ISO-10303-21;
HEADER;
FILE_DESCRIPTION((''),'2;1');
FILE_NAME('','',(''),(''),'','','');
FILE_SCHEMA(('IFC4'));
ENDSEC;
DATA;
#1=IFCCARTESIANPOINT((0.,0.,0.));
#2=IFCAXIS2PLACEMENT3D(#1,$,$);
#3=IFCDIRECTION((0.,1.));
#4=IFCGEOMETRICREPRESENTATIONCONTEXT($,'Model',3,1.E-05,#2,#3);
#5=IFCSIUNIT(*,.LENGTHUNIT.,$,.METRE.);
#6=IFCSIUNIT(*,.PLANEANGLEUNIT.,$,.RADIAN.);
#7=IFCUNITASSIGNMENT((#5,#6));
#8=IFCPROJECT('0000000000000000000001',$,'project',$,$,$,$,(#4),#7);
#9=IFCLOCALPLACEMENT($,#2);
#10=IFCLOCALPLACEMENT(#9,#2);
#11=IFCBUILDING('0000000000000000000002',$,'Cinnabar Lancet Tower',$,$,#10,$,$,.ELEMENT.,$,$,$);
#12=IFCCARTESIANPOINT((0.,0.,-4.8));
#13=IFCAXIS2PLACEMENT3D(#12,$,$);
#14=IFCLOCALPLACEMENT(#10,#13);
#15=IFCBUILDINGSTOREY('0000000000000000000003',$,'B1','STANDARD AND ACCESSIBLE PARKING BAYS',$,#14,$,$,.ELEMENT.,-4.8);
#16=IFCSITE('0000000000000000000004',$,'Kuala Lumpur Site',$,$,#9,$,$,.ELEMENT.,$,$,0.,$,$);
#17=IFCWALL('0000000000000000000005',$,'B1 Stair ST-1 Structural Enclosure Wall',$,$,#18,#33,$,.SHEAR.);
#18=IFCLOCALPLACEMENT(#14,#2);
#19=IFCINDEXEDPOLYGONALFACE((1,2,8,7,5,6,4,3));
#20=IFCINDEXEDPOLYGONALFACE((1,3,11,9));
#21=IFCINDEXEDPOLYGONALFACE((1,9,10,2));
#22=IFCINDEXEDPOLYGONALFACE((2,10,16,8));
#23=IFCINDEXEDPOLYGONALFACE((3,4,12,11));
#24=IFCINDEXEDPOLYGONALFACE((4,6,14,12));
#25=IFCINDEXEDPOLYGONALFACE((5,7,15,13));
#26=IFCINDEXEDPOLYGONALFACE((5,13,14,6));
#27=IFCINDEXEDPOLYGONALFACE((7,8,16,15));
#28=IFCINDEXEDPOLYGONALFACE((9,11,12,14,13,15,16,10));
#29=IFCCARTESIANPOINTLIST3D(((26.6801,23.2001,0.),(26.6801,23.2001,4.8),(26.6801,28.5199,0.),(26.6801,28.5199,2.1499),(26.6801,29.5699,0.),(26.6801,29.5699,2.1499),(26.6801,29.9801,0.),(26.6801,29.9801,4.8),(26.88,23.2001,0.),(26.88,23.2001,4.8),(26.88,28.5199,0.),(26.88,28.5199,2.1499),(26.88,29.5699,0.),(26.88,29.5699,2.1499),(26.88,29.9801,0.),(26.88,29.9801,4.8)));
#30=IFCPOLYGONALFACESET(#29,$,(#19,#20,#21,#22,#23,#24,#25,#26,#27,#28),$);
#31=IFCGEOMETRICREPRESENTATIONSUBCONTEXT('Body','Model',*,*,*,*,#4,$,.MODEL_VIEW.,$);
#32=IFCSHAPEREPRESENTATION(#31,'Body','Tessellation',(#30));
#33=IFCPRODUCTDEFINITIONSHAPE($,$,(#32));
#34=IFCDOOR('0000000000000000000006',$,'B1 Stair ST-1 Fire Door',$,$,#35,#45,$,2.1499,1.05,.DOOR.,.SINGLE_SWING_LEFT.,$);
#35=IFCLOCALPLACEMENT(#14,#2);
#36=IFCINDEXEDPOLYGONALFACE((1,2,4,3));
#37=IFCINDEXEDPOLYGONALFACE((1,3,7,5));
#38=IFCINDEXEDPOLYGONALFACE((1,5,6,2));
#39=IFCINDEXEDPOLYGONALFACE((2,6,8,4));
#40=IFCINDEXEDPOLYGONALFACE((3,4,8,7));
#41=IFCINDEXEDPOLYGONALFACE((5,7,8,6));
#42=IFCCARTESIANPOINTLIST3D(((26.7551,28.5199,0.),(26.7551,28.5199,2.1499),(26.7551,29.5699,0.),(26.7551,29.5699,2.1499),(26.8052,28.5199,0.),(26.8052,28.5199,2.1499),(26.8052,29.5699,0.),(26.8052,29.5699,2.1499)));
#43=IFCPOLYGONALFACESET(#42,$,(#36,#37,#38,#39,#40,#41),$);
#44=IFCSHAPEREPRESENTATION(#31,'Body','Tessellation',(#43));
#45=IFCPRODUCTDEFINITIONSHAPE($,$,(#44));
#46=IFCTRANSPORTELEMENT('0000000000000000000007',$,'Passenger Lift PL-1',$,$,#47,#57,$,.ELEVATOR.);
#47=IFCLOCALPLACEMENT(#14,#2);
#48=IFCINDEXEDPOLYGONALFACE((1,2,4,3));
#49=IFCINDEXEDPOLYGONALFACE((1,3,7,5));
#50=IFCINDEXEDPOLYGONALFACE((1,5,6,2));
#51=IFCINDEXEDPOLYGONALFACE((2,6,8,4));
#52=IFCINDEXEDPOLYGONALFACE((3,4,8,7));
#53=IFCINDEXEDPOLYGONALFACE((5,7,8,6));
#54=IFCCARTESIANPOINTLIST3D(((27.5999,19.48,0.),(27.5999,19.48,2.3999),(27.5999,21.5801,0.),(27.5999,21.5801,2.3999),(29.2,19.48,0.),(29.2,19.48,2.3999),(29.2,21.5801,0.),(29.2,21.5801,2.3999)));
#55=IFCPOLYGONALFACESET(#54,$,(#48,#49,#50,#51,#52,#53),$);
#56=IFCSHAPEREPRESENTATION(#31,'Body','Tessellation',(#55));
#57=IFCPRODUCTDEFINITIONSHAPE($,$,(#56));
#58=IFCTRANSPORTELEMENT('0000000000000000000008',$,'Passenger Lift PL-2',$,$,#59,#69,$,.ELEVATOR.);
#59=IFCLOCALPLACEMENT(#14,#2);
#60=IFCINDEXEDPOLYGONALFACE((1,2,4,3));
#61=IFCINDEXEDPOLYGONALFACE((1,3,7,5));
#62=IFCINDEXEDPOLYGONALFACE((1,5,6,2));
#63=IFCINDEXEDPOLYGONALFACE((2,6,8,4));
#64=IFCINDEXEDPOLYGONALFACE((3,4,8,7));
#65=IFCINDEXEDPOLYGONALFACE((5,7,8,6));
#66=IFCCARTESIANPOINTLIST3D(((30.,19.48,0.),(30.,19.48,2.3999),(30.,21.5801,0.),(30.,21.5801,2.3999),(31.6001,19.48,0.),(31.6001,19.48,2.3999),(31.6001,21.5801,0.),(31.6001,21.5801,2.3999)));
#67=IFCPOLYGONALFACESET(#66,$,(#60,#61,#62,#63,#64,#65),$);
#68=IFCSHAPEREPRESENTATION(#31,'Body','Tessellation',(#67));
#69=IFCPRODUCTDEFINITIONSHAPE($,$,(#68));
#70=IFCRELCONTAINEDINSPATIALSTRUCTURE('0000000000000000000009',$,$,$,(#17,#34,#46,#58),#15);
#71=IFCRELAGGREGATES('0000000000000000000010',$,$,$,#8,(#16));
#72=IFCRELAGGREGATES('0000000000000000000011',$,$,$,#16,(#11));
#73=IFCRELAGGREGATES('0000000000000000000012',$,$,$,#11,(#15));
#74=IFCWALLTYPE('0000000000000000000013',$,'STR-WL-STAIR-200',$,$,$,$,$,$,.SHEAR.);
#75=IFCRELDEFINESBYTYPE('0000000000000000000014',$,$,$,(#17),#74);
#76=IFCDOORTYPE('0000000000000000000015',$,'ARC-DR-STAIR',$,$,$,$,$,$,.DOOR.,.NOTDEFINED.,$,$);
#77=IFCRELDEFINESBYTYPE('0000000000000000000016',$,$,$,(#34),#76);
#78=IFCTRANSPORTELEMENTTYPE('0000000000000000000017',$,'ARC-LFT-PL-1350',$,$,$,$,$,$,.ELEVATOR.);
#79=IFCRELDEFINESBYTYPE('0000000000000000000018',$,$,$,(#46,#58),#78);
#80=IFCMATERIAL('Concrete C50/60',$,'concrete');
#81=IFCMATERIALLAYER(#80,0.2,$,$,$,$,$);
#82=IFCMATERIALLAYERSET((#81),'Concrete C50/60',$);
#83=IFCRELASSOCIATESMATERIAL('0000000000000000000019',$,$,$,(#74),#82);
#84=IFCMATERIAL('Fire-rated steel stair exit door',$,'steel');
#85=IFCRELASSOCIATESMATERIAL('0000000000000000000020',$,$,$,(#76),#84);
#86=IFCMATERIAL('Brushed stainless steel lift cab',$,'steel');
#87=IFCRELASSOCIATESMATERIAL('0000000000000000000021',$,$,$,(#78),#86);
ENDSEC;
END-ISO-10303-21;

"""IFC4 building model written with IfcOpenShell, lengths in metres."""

from ifc_helpers import new_model, si_unit, direction, frame, frame_2d, origin, origin_2d, place, context, subcontext, project, spatial, rectangle, extrude, material, layer, layer_set, type_object, element, fill, save


model = new_model("IFC4")

# Units and contexts
model_context = context("Model", 3, precision=1e-05, world=origin(), true_north=direction((0.0, 1.0)))
body_context = subcontext(model_context, "Body", "Model", "MODEL_VIEW")
ifc_project = project(units=[si_unit("LENGTHUNIT", "METRE"), si_unit("PLANEANGLEUNIT", "RADIAN")], contexts=[model_context])

# Site, building, storey
site_placement = place(None, origin())
site = spatial("IfcSite", under=ifc_project, at=site_placement, Name="Kuala Lumpur Site", CompositionType="ELEMENT", RefElevation=0.0)
building_placement = place(site_placement, origin())
building = spatial("IfcBuilding", under=site, at=building_placement, Name="Cinnabar Lancet Tower", CompositionType="ELEMENT")
storey_placement = place(building_placement, frame((0.0, 0.0, -4.8)))
storey = spatial("IfcBuildingStorey", under=building, at=storey_placement, Name="B1", Description="STANDARD AND ACCESSIBLE PARKING BAYS", CompositionType="ELEMENT", Elevation=-4.8)

# Wall, opening, door
ifc_material_1 = material(Name="Concrete C50/60", Category="concrete")
ifc_layer_1 = layer(ifc_material_1, 0.2)
ifc_layer_set_1 = layer_set([ifc_layer_1], Name="Concrete C50/60")
wall_type_1 = type_object("IfcWallType", Name="STR-WL-STAIR-200", PredefinedType="SHEAR", material=ifc_layer_set_1)
wall_1_placement = place(storey_placement, frame((26.78, 23.2, 0.0), z_axis=(0.0, 0.0, 1.0), x_axis=(0.0, 1.0, 0.0)))
wall_1 = element("IfcWall", 1, at=wall_1_placement, inside=storey, type_object=wall_type_1, Name="B1 Stair ST-1 Structural Enclosure Wall", PredefinedType="SHEAR", context=body_context, shape_type="SweptSolid", body=[
    extrude(rectangle(XDim=6.78, YDim=0.2, at=frame_2d((3.3901, 0.0))), origin(), (0.0, 0.0, 1.0), 4.8),
])
opening_1_placement = place(wall_1_placement, frame((5.3201, 0.0, 0.0)))
opening_1 = element("IfcOpeningElement", 2, at=opening_1_placement, cuts=wall_1, PredefinedType="OPENING", context=body_context, shape_type="SweptSolid", body=[
    extrude(rectangle(XDim=1.05, YDim=2.1499, at=frame_2d((0.5249, 1.075))), frame((0.0, 0.1099, 0.0), z_axis=(0.0, -1.0, 0.0), x_axis=(1.0, 0.0, 0.0)), (0.0, 0.0, 1.0), 0.22),
])
ifc_material_2 = material(Name="Fire-rated steel stair exit door", Category="steel")
door_type_1 = type_object("IfcDoorType", Name="ARC-DR-STAIR", OperationType="NOTDEFINED", PredefinedType="DOOR", material=ifc_material_2)
door_1_placement = place(opening_1_placement, origin())
door_1 = element("IfcDoor", 3, at=door_1_placement, inside=storey, type_object=door_type_1, Name="B1 Stair ST-1 Fire Door", OperationType="SINGLE_SWING_LEFT", OverallHeight=2.1499, OverallWidth=1.05, PredefinedType="DOOR", context=body_context, shape_type="SweptSolid", body=[
    extrude(rectangle(XDim=1.05, YDim=2.1499, at=frame_2d((0.5249, 1.075))), frame((0.0, 0.0249, 0.0), z_axis=(0.0, -1.0, 0.0), x_axis=(1.0, 0.0, 0.0)), (0.0, 0.0, 1.0), 0.05),
])
fill(opening_1, door_1)

# Transport elements
ifc_material_3 = material(Name="Brushed stainless steel lift cab", Category="steel")
transport_element_type = type_object("IfcTransportElementType", Name="ARC-LFT-PL-1350", PredefinedType="ELEVATOR", material=ifc_material_3)
for number, where, z_axis, x_axis, name in (
    (4, (28.3999, 20.53, 0.0), (0.0, 0.0, 1.0), (1.0, 0.0, 0.0), "Passenger Lift PL-1"),
    (5, (30.8, 20.53, 0.0), (0.0, 0.0, 1.0), (1.0, 0.0, 0.0), "Passenger Lift PL-2"),
):
    element("IfcTransportElement", number, at=place(storey_placement, frame(where, z_axis=z_axis, x_axis=x_axis)), inside=storey, type_object=transport_element_type, Name=name, PredefinedType="ELEVATOR", context=body_context, shape_type="SweptSolid", body=[
        extrude(rectangle(XDim=1.6001, YDim=2.1001, at=origin_2d()), origin(), (0.0, 0.0, 1.0), 2.3999),
    ])

save(model, "model.ifc")
